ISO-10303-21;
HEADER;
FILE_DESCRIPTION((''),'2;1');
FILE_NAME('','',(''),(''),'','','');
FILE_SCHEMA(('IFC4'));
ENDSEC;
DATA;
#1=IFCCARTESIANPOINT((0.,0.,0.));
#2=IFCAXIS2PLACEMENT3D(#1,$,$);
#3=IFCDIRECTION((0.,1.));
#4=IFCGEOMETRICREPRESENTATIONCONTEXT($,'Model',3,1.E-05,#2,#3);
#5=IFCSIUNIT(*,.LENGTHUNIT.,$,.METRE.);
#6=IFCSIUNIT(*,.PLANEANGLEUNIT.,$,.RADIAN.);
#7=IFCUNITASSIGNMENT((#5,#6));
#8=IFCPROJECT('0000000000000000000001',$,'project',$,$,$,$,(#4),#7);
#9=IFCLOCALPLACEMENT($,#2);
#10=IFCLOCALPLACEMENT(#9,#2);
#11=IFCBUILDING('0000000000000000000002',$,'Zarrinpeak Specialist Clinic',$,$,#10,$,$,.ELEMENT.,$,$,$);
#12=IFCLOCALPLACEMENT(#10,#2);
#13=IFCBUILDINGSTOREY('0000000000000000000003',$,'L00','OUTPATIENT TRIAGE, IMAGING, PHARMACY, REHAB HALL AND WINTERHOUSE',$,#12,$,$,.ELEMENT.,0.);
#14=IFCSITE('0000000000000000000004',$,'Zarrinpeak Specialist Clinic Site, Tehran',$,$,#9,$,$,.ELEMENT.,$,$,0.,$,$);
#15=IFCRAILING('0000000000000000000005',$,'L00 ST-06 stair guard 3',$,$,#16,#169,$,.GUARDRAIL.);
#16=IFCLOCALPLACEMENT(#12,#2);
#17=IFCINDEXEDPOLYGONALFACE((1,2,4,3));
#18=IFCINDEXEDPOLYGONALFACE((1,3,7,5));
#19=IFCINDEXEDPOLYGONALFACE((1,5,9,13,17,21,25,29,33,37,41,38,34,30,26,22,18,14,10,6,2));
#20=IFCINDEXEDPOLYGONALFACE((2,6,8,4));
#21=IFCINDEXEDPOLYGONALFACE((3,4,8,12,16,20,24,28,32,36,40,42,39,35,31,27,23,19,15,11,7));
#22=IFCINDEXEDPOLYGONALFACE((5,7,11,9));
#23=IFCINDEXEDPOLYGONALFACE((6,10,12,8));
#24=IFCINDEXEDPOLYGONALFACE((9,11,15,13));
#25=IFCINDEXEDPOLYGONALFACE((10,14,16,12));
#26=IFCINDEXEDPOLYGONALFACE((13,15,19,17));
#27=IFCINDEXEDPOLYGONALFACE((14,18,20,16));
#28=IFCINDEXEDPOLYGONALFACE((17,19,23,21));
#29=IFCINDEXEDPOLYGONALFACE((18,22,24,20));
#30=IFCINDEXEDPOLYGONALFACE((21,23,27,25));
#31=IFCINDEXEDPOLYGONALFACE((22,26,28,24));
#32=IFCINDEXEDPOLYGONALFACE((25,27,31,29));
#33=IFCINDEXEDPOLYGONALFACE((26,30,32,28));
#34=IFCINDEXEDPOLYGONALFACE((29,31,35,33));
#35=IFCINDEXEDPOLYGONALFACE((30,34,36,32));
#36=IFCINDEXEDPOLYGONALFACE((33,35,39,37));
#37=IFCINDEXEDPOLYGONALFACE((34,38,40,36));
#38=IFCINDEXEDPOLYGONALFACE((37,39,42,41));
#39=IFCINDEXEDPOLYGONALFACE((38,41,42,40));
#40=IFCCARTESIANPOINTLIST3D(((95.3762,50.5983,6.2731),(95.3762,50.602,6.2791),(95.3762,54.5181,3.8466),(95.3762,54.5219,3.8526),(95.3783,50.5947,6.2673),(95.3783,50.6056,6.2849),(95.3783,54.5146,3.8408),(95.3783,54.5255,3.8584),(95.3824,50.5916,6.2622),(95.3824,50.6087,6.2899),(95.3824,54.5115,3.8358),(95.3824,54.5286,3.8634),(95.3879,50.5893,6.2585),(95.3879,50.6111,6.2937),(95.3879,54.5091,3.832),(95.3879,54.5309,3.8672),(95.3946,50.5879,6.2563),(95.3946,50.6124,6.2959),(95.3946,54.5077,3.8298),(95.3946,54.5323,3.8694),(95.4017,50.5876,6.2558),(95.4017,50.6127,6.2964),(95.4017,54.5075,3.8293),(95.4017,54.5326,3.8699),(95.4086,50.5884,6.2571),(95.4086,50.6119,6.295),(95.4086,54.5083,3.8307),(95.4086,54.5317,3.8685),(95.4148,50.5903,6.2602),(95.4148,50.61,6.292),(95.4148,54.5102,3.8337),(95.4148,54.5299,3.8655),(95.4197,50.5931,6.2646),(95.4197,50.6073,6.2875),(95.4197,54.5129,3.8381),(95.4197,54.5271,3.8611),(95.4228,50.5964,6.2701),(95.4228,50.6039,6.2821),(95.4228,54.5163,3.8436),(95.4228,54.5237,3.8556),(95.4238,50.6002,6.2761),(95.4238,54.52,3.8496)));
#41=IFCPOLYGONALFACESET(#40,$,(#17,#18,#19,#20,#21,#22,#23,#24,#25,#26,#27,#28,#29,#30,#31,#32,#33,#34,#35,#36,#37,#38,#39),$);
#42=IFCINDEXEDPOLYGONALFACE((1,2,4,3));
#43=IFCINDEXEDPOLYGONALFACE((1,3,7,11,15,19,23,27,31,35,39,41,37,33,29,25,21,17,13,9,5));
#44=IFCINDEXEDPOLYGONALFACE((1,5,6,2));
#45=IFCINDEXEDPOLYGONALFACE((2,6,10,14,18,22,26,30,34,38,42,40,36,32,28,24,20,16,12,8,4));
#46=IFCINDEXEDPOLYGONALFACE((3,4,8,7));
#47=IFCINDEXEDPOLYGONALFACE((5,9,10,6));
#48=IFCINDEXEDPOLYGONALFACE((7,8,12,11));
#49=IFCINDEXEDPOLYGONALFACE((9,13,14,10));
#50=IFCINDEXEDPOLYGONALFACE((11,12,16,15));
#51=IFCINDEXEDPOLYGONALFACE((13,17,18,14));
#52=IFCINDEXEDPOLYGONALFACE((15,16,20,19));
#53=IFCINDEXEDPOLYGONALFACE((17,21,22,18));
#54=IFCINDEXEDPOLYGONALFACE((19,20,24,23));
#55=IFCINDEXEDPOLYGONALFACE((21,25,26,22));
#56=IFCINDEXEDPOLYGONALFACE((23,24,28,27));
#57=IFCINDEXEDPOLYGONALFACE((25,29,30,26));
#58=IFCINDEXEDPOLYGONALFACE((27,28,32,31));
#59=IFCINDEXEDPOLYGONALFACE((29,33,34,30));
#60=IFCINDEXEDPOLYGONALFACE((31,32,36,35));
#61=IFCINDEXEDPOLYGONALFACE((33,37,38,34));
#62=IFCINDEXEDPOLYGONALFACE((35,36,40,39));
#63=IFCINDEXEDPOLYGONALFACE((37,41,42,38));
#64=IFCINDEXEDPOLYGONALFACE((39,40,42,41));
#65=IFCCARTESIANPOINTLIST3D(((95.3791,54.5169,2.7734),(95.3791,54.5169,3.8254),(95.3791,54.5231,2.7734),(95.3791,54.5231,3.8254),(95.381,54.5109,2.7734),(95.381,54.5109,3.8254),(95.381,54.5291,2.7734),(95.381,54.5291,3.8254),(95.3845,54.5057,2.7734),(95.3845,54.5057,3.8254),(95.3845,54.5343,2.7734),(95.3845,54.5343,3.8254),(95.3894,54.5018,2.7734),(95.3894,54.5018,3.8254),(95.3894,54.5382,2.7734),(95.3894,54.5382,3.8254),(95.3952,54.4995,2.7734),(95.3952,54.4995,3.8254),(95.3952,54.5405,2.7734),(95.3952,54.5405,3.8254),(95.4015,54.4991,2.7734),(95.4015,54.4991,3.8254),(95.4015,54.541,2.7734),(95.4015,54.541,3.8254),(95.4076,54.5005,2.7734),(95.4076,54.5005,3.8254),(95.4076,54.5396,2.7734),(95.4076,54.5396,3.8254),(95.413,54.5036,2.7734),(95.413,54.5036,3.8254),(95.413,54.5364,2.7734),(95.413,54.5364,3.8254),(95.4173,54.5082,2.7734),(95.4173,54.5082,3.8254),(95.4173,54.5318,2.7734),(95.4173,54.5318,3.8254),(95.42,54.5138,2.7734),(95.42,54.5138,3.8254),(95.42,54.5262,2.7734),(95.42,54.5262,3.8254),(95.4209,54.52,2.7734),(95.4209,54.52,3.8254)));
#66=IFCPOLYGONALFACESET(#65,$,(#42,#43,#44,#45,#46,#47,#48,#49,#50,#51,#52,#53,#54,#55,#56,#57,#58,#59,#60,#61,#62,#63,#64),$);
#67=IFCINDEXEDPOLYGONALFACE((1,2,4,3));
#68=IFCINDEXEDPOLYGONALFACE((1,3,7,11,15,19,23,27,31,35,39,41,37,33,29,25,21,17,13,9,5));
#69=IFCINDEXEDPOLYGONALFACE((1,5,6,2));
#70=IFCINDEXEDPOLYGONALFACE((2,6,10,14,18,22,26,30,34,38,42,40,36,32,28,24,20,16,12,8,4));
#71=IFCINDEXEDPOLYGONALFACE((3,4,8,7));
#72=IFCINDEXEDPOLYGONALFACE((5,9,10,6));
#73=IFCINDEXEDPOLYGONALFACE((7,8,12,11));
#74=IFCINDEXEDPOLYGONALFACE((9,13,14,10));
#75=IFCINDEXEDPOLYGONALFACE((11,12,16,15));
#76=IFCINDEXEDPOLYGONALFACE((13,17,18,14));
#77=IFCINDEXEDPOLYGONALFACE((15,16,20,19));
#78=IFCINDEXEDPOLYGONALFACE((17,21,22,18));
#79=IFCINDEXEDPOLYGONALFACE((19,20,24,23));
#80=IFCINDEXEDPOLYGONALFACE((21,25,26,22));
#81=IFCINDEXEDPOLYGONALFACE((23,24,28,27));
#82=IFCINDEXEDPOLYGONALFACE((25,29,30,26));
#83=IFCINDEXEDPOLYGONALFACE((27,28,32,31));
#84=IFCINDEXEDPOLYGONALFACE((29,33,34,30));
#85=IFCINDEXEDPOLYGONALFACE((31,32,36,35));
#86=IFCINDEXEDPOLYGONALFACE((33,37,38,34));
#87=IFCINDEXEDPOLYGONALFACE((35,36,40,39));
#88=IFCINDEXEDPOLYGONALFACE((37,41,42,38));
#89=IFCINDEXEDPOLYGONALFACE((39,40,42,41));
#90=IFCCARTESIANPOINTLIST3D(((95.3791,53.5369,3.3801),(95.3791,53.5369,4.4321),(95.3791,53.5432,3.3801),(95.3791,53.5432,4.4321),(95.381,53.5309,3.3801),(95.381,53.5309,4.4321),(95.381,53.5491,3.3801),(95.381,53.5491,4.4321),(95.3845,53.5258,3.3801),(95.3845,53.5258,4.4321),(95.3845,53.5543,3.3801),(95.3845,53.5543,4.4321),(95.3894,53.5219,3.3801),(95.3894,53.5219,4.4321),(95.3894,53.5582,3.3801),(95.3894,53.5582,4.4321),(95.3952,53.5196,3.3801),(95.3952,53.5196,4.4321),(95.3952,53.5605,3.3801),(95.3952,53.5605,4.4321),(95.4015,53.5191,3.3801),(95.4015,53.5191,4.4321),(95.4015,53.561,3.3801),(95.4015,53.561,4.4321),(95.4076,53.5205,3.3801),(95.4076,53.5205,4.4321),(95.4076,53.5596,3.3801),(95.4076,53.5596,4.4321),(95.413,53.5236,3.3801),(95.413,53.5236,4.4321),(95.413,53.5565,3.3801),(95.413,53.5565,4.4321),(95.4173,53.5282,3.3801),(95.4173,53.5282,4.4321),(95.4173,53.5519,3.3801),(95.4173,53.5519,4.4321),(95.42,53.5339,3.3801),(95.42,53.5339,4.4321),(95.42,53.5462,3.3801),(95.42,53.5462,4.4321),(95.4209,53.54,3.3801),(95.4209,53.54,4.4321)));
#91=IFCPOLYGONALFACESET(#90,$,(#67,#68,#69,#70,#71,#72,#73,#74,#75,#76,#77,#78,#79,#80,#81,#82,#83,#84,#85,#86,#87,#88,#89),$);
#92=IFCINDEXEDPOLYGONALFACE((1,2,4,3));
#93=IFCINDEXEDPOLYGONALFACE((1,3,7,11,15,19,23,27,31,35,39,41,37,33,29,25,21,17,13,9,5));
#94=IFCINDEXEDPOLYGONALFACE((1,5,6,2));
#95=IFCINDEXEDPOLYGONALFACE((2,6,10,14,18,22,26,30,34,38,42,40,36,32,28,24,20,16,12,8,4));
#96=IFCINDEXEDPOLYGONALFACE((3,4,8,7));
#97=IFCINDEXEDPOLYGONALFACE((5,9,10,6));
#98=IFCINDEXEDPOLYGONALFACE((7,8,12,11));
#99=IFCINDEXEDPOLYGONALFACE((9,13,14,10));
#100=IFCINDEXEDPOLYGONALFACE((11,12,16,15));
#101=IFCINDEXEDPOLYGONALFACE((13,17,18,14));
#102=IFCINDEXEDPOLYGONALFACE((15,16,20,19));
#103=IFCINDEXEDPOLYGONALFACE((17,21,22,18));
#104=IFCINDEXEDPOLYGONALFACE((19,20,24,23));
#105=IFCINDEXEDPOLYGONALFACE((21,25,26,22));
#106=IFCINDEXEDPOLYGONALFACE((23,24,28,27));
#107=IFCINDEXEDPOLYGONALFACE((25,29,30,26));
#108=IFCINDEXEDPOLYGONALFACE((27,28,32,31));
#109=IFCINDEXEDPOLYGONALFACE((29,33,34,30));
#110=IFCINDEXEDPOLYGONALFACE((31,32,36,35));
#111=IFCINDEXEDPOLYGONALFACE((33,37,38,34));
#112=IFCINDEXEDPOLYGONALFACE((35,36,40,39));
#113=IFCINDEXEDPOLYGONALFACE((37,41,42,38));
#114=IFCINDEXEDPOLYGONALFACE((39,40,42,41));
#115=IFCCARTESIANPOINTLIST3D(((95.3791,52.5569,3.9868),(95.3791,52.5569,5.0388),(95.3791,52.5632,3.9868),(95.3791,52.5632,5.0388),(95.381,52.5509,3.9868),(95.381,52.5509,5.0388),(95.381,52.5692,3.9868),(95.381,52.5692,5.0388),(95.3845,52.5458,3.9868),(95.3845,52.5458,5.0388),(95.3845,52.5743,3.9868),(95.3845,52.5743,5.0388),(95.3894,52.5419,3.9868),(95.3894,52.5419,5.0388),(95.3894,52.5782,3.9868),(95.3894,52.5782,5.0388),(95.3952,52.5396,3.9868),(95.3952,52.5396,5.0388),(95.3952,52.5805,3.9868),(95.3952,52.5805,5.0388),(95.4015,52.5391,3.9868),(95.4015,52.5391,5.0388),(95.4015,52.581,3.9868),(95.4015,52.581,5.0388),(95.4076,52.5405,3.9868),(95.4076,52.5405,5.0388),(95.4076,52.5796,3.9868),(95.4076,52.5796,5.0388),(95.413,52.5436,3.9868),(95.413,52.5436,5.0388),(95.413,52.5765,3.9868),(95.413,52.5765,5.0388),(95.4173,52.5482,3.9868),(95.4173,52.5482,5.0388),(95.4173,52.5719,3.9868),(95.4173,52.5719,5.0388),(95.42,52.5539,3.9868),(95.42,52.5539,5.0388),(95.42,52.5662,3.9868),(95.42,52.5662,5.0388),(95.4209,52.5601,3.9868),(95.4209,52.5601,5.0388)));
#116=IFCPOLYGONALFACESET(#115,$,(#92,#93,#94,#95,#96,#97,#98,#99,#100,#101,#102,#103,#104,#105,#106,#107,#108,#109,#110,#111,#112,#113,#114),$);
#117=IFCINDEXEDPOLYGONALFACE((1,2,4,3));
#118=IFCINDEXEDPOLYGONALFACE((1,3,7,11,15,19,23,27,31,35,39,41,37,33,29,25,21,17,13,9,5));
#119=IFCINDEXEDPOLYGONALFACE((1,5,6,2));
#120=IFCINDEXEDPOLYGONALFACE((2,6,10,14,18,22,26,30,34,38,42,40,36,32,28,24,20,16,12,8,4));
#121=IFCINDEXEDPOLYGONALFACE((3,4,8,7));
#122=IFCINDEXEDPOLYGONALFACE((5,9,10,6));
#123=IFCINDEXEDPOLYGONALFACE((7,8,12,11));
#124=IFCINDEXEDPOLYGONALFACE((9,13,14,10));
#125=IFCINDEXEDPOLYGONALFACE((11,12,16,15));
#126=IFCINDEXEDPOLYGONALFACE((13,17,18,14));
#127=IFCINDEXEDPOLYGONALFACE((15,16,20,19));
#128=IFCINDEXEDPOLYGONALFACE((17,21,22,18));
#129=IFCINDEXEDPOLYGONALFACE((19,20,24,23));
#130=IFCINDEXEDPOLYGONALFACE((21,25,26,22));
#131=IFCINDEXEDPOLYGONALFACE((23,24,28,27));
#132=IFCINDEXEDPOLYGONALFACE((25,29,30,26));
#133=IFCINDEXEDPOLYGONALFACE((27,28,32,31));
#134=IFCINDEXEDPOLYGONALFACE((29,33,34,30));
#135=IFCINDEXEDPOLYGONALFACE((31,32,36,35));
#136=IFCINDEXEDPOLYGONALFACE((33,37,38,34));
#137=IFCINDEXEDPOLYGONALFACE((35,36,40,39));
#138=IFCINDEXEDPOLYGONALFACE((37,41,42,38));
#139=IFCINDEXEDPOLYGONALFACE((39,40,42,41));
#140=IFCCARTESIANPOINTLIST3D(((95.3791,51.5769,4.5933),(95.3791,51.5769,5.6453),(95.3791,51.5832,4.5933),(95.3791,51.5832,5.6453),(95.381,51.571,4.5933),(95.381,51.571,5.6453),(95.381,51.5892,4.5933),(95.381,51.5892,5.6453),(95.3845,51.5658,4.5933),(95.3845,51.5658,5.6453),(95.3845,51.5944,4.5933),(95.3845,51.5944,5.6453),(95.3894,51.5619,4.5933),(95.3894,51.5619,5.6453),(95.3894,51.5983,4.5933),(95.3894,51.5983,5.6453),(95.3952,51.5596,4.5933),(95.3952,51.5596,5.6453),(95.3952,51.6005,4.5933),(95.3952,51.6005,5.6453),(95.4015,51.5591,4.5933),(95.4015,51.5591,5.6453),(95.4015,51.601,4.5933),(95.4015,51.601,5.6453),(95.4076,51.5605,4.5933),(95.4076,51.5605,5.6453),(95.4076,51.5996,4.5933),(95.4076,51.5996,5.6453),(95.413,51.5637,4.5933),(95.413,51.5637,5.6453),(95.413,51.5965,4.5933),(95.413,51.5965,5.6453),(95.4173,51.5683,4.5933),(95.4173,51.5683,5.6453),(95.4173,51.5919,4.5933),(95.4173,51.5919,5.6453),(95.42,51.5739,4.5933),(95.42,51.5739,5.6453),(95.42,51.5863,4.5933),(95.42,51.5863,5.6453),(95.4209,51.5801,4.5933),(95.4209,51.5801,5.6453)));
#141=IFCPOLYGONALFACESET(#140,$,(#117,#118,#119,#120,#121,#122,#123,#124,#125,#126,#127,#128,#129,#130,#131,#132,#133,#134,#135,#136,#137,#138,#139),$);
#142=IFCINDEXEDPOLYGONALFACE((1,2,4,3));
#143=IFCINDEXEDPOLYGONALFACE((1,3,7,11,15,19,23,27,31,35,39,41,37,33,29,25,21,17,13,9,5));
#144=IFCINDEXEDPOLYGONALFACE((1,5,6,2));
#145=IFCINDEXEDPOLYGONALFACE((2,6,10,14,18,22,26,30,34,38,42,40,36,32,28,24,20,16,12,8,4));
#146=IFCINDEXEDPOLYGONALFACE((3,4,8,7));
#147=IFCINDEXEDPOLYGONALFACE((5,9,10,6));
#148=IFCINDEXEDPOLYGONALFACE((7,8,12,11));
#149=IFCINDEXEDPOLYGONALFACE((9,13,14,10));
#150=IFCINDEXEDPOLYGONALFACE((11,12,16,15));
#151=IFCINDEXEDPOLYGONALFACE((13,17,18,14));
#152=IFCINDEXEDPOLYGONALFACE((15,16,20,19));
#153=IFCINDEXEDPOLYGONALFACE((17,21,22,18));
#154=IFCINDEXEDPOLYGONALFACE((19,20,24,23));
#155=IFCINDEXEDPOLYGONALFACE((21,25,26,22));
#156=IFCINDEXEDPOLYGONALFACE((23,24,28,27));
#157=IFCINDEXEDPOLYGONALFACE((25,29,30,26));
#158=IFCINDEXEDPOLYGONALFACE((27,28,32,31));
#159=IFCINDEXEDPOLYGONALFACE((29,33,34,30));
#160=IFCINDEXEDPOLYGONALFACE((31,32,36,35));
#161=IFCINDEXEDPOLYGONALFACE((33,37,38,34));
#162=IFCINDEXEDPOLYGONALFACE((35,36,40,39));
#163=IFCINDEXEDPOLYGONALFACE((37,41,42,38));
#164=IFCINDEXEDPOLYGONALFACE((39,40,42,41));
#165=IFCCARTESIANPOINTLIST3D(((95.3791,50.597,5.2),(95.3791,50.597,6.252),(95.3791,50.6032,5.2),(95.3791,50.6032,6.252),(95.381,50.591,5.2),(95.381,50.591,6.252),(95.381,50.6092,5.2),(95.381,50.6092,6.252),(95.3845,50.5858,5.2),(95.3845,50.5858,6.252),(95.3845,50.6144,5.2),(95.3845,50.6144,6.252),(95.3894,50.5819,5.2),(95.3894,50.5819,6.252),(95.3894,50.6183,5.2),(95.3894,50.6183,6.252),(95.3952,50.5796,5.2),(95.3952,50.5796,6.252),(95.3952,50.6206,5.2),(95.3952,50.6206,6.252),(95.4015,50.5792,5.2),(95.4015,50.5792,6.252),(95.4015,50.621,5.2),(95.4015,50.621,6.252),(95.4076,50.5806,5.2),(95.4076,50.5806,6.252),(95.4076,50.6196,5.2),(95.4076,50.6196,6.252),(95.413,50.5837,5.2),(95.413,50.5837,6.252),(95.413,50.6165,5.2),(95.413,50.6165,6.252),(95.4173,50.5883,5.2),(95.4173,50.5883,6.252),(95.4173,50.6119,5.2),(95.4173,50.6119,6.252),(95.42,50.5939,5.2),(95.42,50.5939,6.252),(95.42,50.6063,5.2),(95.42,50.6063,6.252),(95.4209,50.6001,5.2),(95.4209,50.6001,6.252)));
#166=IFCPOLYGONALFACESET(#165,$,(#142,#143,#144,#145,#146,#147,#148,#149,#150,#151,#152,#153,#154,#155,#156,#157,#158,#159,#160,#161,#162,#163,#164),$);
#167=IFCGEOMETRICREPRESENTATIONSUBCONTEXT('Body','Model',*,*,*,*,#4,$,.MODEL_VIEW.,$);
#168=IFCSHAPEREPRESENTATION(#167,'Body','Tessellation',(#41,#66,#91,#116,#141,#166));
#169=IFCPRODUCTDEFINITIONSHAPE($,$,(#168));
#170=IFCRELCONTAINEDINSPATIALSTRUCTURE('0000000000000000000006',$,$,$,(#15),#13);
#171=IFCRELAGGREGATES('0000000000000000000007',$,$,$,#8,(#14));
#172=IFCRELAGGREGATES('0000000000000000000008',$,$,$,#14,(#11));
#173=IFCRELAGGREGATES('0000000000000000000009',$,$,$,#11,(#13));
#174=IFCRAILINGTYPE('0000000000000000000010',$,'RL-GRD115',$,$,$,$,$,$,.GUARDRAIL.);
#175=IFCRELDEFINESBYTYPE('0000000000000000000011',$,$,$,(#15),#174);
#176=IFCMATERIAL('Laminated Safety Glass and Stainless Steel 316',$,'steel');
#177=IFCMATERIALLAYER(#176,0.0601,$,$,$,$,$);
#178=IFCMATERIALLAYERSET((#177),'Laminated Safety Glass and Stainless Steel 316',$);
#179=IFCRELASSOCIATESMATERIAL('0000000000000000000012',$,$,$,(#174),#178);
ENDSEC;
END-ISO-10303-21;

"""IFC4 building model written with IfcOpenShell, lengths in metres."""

from ifc_helpers import new_model, si_unit, direction, frame, origin, origin_2d, place, context, subcontext, project, spatial, circle, extrude, material, layer, layer_set, type_object, element, save


model = new_model("IFC4")

# Units and contexts
model_context = context("Model", 3, precision=1e-05, world=origin(), true_north=direction((0.0, 1.0)))
body_context = subcontext(model_context, "Body", "Model", "MODEL_VIEW")
ifc_project = project(units=[si_unit("LENGTHUNIT", "METRE"), si_unit("PLANEANGLEUNIT", "RADIAN")], contexts=[model_context])

# Site, building, storey
site_placement = place(None, origin())
site = spatial("IfcSite", under=ifc_project, at=site_placement, Name="Zarrinpeak Specialist Clinic Site, Tehran", CompositionType="ELEMENT", RefElevation=0.0)
building_placement = place(site_placement, origin())
building = spatial("IfcBuilding", under=site, at=building_placement, Name="Zarrinpeak Specialist Clinic", CompositionType="ELEMENT")
storey_placement = place(building_placement, origin())
storey = spatial("IfcBuildingStorey", under=building, at=storey_placement, Name="L00", Description="OUTPATIENT TRIAGE, IMAGING, PHARMACY, REHAB HALL AND WINTERHOUSE", CompositionType="ELEMENT", Elevation=0.0)

# Railing
ifc_material_1 = material(Name="Laminated Safety Glass and Stainless Steel 316", Category="steel")
ifc_layer_1 = layer(ifc_material_1, 0.0601)
ifc_layer_set_1 = layer_set([ifc_layer_1], Name="Laminated Safety Glass and Stainless Steel 316")
railing_type_1 = type_object("IfcRailingType", Name="RL-GRD115", PredefinedType="GUARDRAIL", material=ifc_layer_set_1)
railing_1_placement = place(storey_placement, frame((95.3999, 54.52, 2.7734)))
element("IfcRailing", 1, at=railing_1_placement, inside=storey, type_object=railing_type_1, Name="L00 ST-06 stair guard 3", PredefinedType="GUARDRAIL", context=body_context, shape_type="SweptSolid", body=[
    extrude(circle(Radius=0.0239, at=origin_2d()), frame((0.0, 0.0, 1.0762), z_axis=(0.0, -0.850275, 0.526338), x_axis=(1.0, 0.0, 0.0)), (0.0, 0.0, 1.0), 4.6101),
    extrude(circle(Radius=0.021, at=origin_2d()), origin(), (0.0, 0.0, 1.0), 1.052),
    extrude(circle(Radius=0.021, at=origin_2d()), frame((0.0, -0.98, 0.6067)), (0.0, 0.0, 1.0), 1.052),
    extrude(circle(Radius=0.021, at=origin_2d()), frame((0.0, -1.96, 1.2134)), (0.0, 0.0, 1.0), 1.052),
    extrude(circle(Radius=0.021, at=origin_2d()), frame((0.0, -2.9399, 1.8198)), (0.0, 0.0, 1.0), 1.052),
    extrude(circle(Radius=0.021, at=origin_2d()), frame((0.0, -3.9199, 2.4265)), (0.0, 0.0, 1.0), 1.052),
])

save(model, "model.ifc")
